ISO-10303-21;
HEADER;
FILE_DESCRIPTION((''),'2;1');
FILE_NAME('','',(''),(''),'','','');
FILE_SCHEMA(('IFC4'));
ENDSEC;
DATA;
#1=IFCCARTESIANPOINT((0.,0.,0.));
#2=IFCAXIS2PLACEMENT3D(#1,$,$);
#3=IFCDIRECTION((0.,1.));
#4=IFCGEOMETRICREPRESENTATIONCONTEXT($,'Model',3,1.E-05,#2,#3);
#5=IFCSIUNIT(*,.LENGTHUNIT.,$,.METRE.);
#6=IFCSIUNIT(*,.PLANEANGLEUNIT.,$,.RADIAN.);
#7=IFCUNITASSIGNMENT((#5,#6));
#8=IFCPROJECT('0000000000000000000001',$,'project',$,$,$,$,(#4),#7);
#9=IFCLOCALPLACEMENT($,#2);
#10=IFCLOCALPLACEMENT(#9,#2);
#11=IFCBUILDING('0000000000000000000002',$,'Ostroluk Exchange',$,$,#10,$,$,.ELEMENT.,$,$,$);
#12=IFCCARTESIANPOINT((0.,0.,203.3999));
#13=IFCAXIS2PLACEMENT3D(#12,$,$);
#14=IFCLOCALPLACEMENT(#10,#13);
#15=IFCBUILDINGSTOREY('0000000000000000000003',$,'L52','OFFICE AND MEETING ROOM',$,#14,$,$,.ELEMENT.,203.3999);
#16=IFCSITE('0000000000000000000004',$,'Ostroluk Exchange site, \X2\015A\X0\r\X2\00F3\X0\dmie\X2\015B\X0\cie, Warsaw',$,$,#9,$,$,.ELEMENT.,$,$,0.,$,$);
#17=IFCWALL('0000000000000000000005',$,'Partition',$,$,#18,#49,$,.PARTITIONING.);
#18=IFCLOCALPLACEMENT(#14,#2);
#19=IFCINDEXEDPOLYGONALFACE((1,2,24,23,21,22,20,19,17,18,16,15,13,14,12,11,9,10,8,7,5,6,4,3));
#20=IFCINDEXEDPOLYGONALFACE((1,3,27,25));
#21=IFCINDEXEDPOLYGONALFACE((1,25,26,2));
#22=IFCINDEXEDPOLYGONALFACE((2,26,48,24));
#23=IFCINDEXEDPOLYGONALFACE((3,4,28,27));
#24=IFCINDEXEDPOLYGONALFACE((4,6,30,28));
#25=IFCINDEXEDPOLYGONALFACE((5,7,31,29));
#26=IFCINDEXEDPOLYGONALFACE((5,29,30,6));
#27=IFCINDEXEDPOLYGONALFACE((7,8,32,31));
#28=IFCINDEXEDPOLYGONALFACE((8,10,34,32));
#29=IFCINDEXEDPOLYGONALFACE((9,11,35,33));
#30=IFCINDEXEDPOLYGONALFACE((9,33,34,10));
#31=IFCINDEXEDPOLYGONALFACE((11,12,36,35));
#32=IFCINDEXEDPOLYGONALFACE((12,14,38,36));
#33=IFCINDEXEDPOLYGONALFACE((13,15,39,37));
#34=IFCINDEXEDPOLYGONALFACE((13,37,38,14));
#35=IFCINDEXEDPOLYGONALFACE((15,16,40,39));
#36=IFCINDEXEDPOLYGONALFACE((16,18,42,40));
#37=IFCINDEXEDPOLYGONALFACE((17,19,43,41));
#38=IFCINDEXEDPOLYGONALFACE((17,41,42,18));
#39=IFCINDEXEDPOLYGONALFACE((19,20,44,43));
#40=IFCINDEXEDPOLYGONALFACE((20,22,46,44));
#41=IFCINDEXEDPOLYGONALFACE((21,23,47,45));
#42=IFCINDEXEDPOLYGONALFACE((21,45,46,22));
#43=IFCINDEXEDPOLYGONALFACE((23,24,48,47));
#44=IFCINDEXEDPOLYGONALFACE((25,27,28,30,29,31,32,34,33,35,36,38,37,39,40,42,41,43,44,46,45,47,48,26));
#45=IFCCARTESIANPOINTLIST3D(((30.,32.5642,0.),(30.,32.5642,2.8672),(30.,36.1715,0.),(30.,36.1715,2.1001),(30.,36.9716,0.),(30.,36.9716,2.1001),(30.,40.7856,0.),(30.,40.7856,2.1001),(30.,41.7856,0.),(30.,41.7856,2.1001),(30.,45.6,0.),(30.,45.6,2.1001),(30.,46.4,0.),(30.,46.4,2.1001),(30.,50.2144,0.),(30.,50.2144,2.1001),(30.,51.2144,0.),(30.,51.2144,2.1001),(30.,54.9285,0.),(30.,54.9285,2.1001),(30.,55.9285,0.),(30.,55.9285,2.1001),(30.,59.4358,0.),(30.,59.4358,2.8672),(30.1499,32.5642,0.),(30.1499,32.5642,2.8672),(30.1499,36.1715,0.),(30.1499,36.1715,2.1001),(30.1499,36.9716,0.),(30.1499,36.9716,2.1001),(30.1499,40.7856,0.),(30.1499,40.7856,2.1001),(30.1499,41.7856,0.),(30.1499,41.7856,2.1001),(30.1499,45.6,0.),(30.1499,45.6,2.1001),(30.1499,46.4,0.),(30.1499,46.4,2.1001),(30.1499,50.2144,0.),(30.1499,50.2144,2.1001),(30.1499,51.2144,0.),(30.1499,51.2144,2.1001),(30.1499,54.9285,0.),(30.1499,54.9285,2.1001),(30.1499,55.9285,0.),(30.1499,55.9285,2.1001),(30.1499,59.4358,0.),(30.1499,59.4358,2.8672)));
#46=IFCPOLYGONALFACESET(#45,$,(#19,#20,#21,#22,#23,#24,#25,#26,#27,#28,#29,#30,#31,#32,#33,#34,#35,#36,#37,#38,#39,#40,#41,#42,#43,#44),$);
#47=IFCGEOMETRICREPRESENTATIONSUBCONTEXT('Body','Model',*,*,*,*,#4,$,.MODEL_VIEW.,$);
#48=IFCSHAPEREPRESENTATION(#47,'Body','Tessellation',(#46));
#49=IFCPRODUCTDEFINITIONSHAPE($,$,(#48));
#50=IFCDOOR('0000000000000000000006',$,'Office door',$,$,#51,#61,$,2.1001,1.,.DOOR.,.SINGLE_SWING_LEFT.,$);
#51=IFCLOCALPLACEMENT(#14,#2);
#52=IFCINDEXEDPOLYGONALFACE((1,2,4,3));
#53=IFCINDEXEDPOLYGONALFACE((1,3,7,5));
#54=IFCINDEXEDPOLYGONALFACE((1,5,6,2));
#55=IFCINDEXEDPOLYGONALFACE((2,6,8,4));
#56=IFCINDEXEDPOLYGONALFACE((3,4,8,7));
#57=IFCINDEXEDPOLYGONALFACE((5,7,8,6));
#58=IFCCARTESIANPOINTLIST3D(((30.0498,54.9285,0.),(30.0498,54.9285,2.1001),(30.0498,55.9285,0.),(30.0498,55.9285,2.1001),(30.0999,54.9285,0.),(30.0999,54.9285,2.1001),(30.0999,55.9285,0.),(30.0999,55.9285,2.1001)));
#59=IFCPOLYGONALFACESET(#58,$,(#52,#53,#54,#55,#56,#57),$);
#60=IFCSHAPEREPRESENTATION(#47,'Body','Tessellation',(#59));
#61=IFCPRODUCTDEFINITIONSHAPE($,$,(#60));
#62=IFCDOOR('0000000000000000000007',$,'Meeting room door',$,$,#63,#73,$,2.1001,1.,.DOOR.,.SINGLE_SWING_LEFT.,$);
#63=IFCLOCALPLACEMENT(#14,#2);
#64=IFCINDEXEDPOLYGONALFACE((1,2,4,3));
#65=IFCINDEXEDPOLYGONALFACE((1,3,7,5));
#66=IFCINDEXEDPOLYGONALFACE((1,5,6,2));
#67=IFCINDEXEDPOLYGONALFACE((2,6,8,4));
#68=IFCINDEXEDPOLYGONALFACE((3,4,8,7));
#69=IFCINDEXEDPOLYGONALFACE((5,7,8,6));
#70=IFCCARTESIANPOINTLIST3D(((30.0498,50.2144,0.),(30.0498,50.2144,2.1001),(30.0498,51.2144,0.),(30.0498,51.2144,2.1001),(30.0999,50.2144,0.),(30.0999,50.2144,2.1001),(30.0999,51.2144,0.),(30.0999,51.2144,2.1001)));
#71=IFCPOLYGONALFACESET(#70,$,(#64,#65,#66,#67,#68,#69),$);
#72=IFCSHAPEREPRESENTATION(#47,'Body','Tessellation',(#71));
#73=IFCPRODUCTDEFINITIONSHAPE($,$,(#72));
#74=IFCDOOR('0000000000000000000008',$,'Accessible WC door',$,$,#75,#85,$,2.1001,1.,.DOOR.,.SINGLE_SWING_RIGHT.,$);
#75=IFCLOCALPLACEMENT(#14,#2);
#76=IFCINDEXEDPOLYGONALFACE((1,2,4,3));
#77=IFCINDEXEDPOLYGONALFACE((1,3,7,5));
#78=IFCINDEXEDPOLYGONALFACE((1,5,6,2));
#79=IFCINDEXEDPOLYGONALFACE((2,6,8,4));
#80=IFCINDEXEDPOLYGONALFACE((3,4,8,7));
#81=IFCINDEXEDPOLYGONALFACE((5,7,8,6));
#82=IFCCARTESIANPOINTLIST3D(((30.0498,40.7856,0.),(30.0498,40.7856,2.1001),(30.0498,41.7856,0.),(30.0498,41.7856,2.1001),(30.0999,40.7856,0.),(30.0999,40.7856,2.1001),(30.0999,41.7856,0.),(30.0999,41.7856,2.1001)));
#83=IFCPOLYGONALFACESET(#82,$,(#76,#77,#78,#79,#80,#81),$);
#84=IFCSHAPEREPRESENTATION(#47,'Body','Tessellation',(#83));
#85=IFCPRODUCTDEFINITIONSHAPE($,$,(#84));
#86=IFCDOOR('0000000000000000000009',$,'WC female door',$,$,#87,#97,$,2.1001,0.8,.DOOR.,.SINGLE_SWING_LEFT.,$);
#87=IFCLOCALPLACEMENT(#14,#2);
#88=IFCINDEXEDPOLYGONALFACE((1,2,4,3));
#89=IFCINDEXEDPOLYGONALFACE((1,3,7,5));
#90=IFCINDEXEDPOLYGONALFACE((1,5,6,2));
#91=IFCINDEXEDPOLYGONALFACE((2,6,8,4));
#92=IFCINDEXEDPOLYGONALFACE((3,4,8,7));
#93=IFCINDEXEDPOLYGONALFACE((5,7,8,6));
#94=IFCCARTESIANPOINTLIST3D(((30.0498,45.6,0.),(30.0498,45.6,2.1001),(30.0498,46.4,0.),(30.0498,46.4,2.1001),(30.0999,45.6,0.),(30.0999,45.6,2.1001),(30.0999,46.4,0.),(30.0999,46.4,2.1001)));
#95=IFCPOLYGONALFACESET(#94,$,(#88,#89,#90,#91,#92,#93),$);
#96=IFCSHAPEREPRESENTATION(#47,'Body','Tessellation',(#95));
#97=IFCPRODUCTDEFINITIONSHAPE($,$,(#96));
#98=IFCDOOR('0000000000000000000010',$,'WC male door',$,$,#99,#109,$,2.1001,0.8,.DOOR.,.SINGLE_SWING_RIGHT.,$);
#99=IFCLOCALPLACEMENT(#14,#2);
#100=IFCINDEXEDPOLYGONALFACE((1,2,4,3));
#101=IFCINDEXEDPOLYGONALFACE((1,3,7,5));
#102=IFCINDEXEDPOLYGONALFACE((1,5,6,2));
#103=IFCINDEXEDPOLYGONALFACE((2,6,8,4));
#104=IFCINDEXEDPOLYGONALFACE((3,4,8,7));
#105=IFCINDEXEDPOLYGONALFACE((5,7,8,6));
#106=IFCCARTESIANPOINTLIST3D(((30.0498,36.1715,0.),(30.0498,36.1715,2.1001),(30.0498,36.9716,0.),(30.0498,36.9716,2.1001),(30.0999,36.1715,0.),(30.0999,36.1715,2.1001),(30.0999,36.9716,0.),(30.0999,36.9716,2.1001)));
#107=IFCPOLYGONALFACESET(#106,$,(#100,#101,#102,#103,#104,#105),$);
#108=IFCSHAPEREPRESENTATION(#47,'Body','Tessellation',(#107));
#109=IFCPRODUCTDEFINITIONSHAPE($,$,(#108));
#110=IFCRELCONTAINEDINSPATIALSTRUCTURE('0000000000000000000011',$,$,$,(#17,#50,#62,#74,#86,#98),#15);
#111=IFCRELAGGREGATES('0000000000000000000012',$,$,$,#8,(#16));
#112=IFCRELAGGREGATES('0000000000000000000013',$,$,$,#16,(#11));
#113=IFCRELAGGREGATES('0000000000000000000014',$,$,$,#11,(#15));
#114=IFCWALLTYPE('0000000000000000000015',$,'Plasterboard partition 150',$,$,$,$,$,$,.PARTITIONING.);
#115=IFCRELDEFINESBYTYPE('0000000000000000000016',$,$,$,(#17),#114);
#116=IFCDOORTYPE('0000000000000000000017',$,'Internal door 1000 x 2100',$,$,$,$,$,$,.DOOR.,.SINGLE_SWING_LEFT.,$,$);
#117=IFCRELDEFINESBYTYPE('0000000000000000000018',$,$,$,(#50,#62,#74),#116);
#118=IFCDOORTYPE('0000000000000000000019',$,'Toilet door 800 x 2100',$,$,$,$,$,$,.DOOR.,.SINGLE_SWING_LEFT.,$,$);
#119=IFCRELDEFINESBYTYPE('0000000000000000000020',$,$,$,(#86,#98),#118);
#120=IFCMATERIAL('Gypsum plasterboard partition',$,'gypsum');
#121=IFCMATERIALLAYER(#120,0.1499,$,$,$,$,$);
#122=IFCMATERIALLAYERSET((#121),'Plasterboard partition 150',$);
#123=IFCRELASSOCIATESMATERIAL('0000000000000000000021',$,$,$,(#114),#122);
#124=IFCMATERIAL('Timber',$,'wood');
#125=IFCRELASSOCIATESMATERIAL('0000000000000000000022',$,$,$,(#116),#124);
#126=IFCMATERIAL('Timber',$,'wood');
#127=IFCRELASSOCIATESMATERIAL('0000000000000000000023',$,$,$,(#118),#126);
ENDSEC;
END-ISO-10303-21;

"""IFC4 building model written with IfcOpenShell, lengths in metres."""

from ifc_helpers import new_model, si_unit, direction, frame, frame_2d, origin, place, context, subcontext, project, spatial, rectangle, extrude, material, layer, layer_set, type_object, element, fill, save


model = new_model("IFC4")

# Units and contexts
model_context = context("Model", 3, precision=1e-05, world=origin(), true_north=direction((0.0, 1.0)))
body_context = subcontext(model_context, "Body", "Model", "MODEL_VIEW")
ifc_project = project(units=[si_unit("LENGTHUNIT", "METRE"), si_unit("PLANEANGLEUNIT", "RADIAN")], contexts=[model_context])

# Site, building, storey
site_placement = place(None, origin())
site = spatial("IfcSite", under=ifc_project, at=site_placement, Name="Ostroluk Exchange site, Śródmieście, Warsaw", CompositionType="ELEMENT", RefElevation=0.0)
building_placement = place(site_placement, origin())
building = spatial("IfcBuilding", under=site, at=building_placement, Name="Ostroluk Exchange", CompositionType="ELEMENT")
storey_placement = place(building_placement, frame((0.0, 0.0, 203.3999)))
storey = spatial("IfcBuildingStorey", under=building, at=storey_placement, Name="L52", Description="OFFICE AND MEETING ROOM", CompositionType="ELEMENT", Elevation=203.3999)

# Wall, openings, doors
ifc_material_1 = material(Name="Gypsum plasterboard partition", Category="gypsum")
ifc_layer_1 = layer(ifc_material_1, 0.1499)
ifc_layer_set_1 = layer_set([ifc_layer_1], Name="Plasterboard partition 150")
wall_type_1 = type_object("IfcWallType", Name="Plasterboard partition 150", PredefinedType="PARTITIONING", material=ifc_layer_set_1)
wall_1_placement = place(storey_placement, frame((30.075, 59.4358, 0.0), z_axis=(0.0, 0.0, 1.0), x_axis=(0.0, -1.0, 0.0)))
wall_1 = element("IfcWall", 1, at=wall_1_placement, inside=storey, type_object=wall_type_1, Name="Partition", PredefinedType="PARTITIONING", context=body_context, shape_type="SweptSolid", body=[
    extrude(rectangle(XDim=26.8716, YDim=0.1499, at=frame_2d((13.4358, 0.0))), origin(), (0.0, 0.0, 1.0), 2.8672),
])
opening_1_placement = place(wall_1_placement, frame((3.5073, 0.0, 0.0)))
opening_1 = element("IfcOpeningElement", 2, at=opening_1_placement, cuts=wall_1, PredefinedType="OPENING", context=body_context, shape_type="SweptSolid", body=[
    extrude(rectangle(XDim=1.0, YDim=2.1001, at=frame_2d((0.5, 1.05))), frame((0.0, 0.085, 0.0), z_axis=(0.0, -1.0, 0.0), x_axis=(1.0, 0.0, 0.0)), (0.0, 0.0, 1.0), 0.1699),
])
opening_2_placement = place(wall_1_placement, frame((8.2214, 0.0, 0.0)))
opening_2 = element("IfcOpeningElement", 3, at=opening_2_placement, cuts=wall_1, PredefinedType="OPENING", context=body_context, shape_type="SweptSolid", body=[
    extrude(rectangle(XDim=1.0, YDim=2.1001, at=frame_2d((0.5, 1.05))), frame((0.0, 0.085, 0.0), z_axis=(0.0, -1.0, 0.0), x_axis=(1.0, 0.0, 0.0)), (0.0, 0.0, 1.0), 0.1699),
])
opening_3_placement = place(wall_1_placement, frame((13.0359, 0.0, 0.0)))
opening_3 = element("IfcOpeningElement", 4, at=opening_3_placement, cuts=wall_1, PredefinedType="OPENING", context=body_context, shape_type="SweptSolid", body=[
    extrude(rectangle(XDim=0.8, YDim=2.1001, at=frame_2d((0.3999, 1.05))), frame((0.0, 0.085, 0.0), z_axis=(0.0, -1.0, 0.0), x_axis=(1.0, 0.0, 0.0)), (0.0, 0.0, 1.0), 0.1699),
])
opening_4_placement = place(wall_1_placement, frame((17.6501, 0.0, 0.0)))
opening_4 = element("IfcOpeningElement", 5, at=opening_4_placement, cuts=wall_1, PredefinedType="OPENING", context=body_context, shape_type="SweptSolid", body=[
    extrude(rectangle(XDim=1.0, YDim=2.1001, at=frame_2d((0.5, 1.05))), frame((0.0, 0.085, 0.0), z_axis=(0.0, -1.0, 0.0), x_axis=(1.0, 0.0, 0.0)), (0.0, 0.0, 1.0), 0.1699),
])
opening_5_placement = place(wall_1_placement, frame((22.4644, 0.0, 0.0)))
opening_5 = element("IfcOpeningElement", 6, at=opening_5_placement, cuts=wall_1, PredefinedType="OPENING", context=body_context, shape_type="SweptSolid", body=[
    extrude(rectangle(XDim=0.8, YDim=2.1001, at=frame_2d((0.3999, 1.05))), frame((0.0, 0.085, 0.0), z_axis=(0.0, -1.0, 0.0), x_axis=(1.0, 0.0, 0.0)), (0.0, 0.0, 1.0), 0.1699),
])
ifc_material_2 = material(Name="Timber", Category="wood")
door_type_1 = type_object("IfcDoorType", Name="Internal door 1000 x 2100", OperationType="SINGLE_SWING_LEFT", PredefinedType="DOOR", material=ifc_material_2)
door_1_placement = place(opening_1_placement, origin())
door_1 = element("IfcDoor", 7, at=door_1_placement, inside=storey, type_object=door_type_1, Name="Office door", OperationType="SINGLE_SWING_LEFT", OverallHeight=2.1001, OverallWidth=1.0, PredefinedType="DOOR", context=body_context, shape_type="SweptSolid", body=[
    extrude(rectangle(XDim=1.0, YDim=2.1001, at=frame_2d((0.5, 1.05))), frame((0.0, 0.0249, 0.0), z_axis=(0.0, -1.0, 0.0), x_axis=(1.0, 0.0, 0.0)), (0.0, 0.0, 1.0), 0.05),
])
fill(opening_1, door_1)
door_2_placement = place(opening_2_placement, origin())
door_2 = element("IfcDoor", 8, at=door_2_placement, inside=storey, type_object=door_type_1, Name="Meeting room door", OperationType="SINGLE_SWING_LEFT", OverallHeight=2.1001, OverallWidth=1.0, PredefinedType="DOOR", context=body_context, shape_type="SweptSolid", body=[
    extrude(rectangle(XDim=1.0, YDim=2.1001, at=frame_2d((0.5, 1.05))), frame((0.0, 0.0249, 0.0), z_axis=(0.0, -1.0, 0.0), x_axis=(1.0, 0.0, 0.0)), (0.0, 0.0, 1.0), 0.05),
])
fill(opening_2, door_2)
door_3_placement = place(opening_4_placement, origin())
door_3 = element("IfcDoor", 9, at=door_3_placement, inside=storey, type_object=door_type_1, Name="Accessible WC door", OperationType="SINGLE_SWING_RIGHT", OverallHeight=2.1001, OverallWidth=1.0, PredefinedType="DOOR", context=body_context, shape_type="SweptSolid", body=[
    extrude(rectangle(XDim=1.0, YDim=2.1001, at=frame_2d((0.5, 1.05))), frame((0.0, 0.0249, 0.0), z_axis=(0.0, -1.0, 0.0), x_axis=(1.0, 0.0, 0.0)), (0.0, 0.0, 1.0), 0.05),
])
fill(opening_4, door_3)
ifc_material_3 = material(Name="Timber", Category="wood")
door_type_2 = type_object("IfcDoorType", Name="Toilet door 800 x 2100", OperationType="SINGLE_SWING_LEFT", PredefinedType="DOOR", material=ifc_material_3)
door_4_placement = place(opening_3_placement, origin())
door_4 = element("IfcDoor", 10, at=door_4_placement, inside=storey, type_object=door_type_2, Name="WC female door", OperationType="SINGLE_SWING_LEFT", OverallHeight=2.1001, OverallWidth=0.8, PredefinedType="DOOR", context=body_context, shape_type="SweptSolid", body=[
    extrude(rectangle(XDim=0.8, YDim=2.1001, at=frame_2d((0.3999, 1.05))), frame((0.0, 0.0249, 0.0), z_axis=(0.0, -1.0, 0.0), x_axis=(1.0, 0.0, 0.0)), (0.0, 0.0, 1.0), 0.05),
])
fill(opening_3, door_4)
door_5_placement = place(opening_5_placement, origin())
door_5 = element("IfcDoor", 11, at=door_5_placement, inside=storey, type_object=door_type_2, Name="WC male door", OperationType="SINGLE_SWING_RIGHT", OverallHeight=2.1001, OverallWidth=0.8, PredefinedType="DOOR", context=body_context, shape_type="SweptSolid", body=[
    extrude(rectangle(XDim=0.8, YDim=2.1001, at=frame_2d((0.3999, 1.05))), frame((0.0, 0.0249, 0.0), z_axis=(0.0, -1.0, 0.0), x_axis=(1.0, 0.0, 0.0)), (0.0, 0.0, 1.0), 0.05),
])
fill(opening_5, door_5)

save(model, "model.ifc")
